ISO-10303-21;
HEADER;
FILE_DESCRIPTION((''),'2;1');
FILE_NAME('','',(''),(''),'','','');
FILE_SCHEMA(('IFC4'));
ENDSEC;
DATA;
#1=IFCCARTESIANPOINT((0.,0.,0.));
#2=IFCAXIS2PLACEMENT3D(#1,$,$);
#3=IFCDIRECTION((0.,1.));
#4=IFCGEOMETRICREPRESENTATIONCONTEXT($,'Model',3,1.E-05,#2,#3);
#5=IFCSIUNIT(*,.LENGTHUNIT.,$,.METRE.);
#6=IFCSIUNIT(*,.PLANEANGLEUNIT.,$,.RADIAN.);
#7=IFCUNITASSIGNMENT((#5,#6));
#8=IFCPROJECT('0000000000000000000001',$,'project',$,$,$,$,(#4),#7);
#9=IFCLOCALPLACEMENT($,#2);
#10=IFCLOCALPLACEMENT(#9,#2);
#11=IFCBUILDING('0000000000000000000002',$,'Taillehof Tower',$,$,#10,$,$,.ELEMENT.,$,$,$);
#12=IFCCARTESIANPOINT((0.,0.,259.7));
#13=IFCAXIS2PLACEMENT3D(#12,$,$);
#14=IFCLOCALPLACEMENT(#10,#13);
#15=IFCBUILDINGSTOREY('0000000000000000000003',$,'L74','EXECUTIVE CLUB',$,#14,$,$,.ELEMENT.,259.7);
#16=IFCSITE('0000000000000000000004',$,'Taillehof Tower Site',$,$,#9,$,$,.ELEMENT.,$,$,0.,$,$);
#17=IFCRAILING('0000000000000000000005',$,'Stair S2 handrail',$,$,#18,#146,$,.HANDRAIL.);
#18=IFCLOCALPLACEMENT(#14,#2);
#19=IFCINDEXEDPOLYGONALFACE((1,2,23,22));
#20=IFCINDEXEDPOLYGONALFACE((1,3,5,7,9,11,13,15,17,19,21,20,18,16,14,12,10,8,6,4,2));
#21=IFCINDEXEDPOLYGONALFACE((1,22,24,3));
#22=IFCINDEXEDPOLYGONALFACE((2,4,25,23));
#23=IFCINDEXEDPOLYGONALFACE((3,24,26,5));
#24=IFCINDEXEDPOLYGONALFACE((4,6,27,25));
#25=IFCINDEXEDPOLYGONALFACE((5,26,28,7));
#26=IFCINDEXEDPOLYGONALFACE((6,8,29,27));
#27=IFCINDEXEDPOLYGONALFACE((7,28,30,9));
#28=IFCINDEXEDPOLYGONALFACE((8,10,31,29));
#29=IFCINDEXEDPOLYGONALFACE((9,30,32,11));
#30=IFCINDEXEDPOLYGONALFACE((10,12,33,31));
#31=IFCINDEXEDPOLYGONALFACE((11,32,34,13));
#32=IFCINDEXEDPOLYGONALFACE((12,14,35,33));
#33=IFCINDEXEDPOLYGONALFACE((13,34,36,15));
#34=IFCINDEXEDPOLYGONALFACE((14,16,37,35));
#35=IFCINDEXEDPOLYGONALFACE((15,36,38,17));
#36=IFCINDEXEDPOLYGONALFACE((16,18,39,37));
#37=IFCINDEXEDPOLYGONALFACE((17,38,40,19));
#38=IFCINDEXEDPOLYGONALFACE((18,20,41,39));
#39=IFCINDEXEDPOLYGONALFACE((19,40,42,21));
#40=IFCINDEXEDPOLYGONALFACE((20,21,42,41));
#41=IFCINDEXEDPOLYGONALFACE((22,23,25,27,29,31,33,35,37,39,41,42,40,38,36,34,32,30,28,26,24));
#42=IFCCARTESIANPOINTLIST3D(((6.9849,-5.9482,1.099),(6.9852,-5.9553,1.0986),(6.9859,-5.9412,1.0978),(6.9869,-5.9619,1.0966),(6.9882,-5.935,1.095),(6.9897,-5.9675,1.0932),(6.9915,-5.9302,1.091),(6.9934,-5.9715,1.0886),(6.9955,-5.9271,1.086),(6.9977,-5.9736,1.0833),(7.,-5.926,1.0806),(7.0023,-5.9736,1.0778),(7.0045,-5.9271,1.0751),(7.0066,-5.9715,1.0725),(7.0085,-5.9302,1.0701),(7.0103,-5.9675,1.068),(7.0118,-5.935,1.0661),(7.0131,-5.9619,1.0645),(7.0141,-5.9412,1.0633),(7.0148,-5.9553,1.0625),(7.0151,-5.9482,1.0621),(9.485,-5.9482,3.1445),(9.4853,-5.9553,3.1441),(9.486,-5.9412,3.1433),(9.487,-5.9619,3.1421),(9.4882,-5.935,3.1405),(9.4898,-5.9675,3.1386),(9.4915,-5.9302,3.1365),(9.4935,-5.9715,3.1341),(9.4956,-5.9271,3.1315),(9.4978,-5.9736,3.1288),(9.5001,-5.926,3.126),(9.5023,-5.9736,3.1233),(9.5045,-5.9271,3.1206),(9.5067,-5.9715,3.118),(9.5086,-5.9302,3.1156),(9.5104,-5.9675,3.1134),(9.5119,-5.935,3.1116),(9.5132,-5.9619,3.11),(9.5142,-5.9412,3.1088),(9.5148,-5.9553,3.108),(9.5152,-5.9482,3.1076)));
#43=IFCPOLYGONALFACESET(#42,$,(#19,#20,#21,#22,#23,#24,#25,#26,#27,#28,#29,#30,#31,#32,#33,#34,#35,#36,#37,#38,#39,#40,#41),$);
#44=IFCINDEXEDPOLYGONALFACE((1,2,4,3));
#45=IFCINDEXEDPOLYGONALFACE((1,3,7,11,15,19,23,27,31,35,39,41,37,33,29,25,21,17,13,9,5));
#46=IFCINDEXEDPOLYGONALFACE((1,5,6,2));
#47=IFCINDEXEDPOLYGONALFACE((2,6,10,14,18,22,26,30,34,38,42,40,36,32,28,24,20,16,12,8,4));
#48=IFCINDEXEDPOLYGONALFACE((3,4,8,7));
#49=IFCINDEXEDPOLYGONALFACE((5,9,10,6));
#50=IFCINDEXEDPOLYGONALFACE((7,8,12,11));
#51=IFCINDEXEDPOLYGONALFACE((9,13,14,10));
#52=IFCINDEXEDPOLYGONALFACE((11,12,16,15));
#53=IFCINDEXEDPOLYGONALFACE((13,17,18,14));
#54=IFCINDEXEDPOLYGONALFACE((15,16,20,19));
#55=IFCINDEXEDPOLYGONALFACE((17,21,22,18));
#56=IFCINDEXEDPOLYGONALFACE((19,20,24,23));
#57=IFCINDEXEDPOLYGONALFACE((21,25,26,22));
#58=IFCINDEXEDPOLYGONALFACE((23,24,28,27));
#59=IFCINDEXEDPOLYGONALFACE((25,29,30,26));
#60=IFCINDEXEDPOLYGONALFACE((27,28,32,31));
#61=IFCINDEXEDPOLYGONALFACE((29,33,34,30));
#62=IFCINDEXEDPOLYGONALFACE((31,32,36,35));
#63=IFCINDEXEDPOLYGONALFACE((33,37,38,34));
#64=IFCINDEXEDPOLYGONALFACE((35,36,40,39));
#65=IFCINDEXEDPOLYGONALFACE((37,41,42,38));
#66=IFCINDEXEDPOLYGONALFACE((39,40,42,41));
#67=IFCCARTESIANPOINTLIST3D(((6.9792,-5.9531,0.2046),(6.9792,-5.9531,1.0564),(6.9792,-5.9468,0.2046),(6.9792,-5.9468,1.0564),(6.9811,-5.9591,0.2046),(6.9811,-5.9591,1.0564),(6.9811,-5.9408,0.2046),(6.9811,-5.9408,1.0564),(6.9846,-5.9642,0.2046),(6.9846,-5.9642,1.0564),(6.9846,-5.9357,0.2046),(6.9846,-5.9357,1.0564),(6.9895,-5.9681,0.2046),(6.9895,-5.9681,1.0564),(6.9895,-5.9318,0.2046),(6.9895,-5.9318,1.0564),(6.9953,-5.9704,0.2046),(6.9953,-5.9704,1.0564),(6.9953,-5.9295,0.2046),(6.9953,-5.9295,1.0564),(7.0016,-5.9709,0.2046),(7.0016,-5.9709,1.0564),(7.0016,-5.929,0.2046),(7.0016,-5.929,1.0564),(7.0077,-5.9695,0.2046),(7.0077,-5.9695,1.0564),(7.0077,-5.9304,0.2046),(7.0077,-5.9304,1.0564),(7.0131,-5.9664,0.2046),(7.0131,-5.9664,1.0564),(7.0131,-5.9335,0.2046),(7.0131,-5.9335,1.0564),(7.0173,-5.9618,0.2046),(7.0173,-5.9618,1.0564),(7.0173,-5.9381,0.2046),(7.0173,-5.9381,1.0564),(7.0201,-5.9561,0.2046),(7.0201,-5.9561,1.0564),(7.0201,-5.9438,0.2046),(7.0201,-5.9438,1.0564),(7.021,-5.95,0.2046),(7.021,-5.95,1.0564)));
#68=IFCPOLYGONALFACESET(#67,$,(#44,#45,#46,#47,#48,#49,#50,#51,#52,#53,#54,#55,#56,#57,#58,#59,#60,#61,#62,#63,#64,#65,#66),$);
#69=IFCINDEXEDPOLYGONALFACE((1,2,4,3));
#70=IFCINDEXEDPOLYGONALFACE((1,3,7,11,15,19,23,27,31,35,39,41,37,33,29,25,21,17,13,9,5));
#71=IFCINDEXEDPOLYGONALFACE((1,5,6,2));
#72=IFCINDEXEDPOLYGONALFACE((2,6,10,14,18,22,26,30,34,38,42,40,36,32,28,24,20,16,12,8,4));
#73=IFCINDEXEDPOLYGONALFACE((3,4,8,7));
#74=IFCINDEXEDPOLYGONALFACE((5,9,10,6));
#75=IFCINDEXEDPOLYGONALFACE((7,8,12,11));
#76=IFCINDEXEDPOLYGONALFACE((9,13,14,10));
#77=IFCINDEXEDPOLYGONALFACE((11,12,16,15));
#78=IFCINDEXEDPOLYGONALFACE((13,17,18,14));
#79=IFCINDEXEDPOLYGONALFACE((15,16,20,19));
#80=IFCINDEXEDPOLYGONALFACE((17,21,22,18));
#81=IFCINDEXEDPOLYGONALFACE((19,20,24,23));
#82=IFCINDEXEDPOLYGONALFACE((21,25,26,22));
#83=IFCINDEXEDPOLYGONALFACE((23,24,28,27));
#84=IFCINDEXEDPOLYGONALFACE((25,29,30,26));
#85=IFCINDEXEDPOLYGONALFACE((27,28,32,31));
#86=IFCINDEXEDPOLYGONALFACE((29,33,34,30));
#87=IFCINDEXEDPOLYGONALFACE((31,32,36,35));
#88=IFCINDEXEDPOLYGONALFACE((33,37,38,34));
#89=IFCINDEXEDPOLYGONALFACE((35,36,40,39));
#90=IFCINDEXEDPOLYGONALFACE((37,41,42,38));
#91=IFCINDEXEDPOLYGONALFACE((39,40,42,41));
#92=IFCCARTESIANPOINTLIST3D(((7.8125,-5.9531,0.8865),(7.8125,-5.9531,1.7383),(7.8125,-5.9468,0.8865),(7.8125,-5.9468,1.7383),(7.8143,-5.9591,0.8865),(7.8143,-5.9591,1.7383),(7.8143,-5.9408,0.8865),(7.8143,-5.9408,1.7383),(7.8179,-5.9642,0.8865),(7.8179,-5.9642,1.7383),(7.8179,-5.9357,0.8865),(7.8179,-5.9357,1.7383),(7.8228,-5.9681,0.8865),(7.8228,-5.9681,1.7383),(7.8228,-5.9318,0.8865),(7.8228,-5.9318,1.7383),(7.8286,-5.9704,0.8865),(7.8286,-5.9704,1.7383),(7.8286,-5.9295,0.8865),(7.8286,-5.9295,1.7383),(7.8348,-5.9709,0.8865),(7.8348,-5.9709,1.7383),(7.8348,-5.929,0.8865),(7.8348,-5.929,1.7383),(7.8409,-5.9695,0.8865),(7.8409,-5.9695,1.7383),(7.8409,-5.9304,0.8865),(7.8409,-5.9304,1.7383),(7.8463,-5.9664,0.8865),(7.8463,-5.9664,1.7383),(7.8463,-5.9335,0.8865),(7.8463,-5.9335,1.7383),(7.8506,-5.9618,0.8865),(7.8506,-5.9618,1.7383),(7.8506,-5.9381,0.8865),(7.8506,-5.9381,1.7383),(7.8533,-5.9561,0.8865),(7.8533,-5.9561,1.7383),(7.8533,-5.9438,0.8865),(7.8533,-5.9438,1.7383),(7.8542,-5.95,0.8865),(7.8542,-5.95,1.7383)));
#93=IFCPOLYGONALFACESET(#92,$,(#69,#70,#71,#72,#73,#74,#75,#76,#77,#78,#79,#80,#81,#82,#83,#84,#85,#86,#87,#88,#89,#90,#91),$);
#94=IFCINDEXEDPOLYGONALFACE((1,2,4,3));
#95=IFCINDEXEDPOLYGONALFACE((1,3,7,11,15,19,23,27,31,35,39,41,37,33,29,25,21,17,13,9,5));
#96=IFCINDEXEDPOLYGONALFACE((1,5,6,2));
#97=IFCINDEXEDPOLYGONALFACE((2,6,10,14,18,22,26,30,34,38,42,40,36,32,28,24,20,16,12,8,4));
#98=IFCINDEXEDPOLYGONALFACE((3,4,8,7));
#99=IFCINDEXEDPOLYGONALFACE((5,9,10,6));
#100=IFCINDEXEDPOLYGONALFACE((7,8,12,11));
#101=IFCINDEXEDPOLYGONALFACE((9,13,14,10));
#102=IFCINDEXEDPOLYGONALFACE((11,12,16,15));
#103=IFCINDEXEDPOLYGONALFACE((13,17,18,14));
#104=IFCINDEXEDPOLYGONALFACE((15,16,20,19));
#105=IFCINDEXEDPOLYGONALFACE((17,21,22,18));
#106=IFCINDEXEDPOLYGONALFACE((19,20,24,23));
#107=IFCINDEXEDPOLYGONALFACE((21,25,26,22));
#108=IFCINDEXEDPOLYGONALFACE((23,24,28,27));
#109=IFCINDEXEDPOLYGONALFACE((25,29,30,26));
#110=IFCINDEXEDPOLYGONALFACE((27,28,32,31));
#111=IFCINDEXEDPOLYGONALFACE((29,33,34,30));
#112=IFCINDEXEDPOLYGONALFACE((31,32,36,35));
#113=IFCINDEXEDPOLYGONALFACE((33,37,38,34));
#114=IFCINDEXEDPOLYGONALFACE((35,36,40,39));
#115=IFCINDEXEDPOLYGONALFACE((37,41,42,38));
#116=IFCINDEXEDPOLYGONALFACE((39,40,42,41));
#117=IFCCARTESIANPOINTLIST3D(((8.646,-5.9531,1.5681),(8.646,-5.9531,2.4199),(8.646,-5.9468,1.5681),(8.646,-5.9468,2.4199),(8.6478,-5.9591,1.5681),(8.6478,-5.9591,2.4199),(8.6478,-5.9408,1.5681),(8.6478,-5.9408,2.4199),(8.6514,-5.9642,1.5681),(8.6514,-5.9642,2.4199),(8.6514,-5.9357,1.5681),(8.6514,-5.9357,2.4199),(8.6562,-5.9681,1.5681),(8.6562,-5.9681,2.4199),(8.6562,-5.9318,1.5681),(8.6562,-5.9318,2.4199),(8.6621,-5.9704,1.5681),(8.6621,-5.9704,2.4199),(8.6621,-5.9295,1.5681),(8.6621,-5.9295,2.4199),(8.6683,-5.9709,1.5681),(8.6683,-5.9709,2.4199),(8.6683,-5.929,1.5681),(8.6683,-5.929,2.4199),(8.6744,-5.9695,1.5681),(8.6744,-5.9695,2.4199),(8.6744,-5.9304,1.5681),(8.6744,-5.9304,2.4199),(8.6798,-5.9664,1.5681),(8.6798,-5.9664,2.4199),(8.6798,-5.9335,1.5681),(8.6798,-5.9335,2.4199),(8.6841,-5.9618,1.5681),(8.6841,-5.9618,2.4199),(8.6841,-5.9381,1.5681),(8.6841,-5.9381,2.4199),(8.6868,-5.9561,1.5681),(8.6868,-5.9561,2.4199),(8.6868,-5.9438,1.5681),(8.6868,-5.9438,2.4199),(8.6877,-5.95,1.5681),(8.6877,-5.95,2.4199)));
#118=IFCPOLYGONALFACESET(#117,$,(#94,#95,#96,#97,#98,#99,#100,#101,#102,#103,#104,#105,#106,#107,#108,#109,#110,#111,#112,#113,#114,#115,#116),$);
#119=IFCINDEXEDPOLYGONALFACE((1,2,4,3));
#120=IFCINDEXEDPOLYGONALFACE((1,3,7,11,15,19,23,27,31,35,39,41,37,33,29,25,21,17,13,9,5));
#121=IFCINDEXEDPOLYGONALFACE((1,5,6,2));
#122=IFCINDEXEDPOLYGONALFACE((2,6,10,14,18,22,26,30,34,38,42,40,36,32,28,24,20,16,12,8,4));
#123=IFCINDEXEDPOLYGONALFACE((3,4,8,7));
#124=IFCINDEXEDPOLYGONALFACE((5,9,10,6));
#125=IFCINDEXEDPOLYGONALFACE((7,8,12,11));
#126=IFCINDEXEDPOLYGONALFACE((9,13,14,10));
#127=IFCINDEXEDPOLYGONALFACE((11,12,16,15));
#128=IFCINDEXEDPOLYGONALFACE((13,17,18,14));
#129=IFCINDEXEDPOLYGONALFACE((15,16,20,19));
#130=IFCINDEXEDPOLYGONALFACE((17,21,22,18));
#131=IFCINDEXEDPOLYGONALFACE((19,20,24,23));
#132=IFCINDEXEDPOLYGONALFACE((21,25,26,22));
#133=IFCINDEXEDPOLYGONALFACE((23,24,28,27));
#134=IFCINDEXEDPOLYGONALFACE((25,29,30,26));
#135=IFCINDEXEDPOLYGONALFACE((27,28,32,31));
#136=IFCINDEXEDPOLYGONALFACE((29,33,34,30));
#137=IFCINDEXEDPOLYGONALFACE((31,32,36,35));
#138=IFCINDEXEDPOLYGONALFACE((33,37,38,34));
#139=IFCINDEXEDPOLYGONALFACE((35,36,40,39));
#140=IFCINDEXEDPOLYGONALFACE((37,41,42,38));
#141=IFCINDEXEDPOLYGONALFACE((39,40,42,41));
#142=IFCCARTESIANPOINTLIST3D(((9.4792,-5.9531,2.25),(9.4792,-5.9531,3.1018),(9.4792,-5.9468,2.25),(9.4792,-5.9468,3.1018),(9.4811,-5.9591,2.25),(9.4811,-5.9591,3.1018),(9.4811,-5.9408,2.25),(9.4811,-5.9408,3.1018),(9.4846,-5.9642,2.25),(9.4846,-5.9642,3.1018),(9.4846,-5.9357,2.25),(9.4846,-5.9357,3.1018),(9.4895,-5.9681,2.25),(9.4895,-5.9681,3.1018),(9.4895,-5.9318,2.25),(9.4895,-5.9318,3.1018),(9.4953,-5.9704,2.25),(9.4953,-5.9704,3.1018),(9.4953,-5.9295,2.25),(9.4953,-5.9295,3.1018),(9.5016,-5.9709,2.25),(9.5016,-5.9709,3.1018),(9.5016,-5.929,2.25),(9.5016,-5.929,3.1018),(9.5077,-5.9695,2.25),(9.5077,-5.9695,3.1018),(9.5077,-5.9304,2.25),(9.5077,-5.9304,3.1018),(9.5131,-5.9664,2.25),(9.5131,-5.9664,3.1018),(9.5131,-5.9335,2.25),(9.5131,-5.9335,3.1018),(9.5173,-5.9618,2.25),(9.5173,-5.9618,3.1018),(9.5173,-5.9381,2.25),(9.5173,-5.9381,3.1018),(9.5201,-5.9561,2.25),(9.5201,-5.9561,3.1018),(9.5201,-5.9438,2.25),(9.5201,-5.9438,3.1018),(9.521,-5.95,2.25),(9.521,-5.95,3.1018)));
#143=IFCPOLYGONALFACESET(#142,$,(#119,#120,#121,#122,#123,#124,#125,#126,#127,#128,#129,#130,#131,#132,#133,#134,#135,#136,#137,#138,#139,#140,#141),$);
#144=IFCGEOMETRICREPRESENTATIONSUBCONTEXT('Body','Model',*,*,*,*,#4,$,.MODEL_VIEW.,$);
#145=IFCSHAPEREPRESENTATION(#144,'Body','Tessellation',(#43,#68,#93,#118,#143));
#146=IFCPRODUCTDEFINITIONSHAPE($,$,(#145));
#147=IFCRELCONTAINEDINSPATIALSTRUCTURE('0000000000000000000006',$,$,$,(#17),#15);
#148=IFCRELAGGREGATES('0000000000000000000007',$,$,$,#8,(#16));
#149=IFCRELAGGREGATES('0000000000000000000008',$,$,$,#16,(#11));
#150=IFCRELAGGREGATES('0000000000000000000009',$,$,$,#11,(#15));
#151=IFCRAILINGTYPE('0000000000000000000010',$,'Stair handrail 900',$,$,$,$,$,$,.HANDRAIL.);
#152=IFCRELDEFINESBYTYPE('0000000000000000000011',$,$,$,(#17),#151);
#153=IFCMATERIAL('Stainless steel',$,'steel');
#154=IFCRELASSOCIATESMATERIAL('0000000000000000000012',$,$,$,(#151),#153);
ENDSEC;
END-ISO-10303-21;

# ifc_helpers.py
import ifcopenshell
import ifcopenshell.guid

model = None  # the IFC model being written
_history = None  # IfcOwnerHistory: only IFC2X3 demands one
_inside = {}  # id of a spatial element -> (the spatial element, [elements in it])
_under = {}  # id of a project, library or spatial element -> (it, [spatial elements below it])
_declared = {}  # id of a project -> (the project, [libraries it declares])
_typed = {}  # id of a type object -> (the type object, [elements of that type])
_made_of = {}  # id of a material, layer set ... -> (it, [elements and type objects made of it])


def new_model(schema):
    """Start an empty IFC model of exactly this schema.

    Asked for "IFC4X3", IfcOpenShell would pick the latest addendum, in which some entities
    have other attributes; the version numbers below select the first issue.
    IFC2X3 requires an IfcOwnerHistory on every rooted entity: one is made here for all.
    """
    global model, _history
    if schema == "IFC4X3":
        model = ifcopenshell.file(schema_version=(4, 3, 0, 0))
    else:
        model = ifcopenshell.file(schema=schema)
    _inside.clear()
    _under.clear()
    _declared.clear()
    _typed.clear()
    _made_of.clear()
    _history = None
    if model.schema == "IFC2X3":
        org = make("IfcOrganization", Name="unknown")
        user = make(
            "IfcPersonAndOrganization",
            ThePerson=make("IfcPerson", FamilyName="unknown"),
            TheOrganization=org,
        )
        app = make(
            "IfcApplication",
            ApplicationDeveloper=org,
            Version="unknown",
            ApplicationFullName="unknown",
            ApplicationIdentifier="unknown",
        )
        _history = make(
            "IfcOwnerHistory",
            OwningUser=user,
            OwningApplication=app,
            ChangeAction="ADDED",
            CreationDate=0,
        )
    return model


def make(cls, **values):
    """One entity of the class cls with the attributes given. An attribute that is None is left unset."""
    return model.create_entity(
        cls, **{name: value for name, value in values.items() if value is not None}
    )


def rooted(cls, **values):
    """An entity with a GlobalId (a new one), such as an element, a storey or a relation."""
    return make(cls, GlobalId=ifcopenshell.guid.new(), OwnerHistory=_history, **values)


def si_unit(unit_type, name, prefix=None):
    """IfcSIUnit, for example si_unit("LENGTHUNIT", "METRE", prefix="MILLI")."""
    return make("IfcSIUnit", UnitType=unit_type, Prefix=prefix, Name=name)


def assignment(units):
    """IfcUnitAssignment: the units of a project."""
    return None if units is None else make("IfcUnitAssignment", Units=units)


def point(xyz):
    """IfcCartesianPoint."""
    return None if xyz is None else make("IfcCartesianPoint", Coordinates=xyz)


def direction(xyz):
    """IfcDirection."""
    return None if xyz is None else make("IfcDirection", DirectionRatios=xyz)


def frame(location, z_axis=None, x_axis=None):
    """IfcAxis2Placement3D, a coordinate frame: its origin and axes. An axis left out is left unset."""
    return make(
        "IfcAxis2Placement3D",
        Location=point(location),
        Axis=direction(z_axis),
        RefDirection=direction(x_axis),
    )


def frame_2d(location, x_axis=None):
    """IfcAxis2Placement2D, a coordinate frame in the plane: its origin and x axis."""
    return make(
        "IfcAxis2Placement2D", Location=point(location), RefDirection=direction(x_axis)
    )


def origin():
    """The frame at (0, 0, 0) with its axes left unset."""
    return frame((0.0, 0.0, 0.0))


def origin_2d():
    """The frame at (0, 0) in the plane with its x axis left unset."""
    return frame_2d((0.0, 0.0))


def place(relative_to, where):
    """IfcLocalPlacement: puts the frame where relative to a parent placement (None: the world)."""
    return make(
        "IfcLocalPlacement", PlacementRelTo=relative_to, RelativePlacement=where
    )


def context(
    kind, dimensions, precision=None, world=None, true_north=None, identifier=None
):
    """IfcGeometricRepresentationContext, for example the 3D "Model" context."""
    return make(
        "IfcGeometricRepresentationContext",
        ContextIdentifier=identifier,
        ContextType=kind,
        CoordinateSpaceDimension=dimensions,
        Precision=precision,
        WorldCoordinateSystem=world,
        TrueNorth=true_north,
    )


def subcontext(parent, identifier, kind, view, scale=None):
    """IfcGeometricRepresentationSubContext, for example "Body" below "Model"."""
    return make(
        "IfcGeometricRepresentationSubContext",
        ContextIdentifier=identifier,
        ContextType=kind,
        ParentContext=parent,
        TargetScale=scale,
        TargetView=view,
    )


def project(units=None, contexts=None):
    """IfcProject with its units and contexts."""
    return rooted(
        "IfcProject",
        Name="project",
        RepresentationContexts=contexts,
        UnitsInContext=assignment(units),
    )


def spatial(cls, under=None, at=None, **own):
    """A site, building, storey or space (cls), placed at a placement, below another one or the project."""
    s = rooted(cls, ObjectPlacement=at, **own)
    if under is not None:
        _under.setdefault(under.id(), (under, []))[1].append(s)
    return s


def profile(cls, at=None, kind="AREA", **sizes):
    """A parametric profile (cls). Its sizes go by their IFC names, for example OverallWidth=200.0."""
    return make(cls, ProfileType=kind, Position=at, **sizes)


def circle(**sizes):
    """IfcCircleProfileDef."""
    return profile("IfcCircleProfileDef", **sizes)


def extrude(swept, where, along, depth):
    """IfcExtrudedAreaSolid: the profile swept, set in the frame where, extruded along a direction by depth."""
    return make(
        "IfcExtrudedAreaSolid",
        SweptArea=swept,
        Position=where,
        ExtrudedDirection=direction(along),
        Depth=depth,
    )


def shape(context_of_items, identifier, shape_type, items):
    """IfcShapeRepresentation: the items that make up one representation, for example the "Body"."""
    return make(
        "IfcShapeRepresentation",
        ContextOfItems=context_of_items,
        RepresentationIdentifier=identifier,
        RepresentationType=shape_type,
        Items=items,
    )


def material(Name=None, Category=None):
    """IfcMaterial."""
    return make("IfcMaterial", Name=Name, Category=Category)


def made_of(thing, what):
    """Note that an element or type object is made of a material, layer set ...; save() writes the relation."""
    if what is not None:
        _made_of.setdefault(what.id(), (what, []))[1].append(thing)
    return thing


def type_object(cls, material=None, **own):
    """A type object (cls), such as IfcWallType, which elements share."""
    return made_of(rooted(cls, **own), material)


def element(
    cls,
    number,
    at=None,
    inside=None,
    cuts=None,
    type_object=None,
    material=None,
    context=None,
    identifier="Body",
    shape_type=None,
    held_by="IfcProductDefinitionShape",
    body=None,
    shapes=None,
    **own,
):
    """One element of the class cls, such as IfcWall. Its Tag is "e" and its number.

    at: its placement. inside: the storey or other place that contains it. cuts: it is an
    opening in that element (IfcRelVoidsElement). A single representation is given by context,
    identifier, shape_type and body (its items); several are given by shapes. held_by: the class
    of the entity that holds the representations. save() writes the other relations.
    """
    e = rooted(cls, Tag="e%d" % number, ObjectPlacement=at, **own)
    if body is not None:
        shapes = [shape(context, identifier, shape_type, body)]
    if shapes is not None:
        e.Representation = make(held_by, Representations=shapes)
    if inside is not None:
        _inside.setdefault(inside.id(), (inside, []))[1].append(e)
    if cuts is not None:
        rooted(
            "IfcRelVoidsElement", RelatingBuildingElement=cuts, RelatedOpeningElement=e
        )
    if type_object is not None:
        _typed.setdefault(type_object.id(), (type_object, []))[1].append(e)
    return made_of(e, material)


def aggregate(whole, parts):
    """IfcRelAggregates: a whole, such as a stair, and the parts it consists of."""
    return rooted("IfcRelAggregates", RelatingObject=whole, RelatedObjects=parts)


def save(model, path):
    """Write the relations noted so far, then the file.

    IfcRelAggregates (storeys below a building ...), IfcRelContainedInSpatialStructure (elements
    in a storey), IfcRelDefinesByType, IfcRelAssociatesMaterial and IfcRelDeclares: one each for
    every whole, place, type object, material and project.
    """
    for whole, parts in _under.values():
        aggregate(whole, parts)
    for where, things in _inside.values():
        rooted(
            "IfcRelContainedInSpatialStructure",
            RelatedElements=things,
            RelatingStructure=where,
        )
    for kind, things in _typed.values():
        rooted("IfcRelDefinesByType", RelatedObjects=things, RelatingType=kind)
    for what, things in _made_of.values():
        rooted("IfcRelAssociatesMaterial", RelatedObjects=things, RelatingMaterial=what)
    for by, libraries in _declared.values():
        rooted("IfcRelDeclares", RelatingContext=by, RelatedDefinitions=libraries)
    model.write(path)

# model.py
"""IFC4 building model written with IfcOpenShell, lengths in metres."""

from ifc_helpers import new_model, si_unit, direction, frame, origin, origin_2d, place, context, subcontext, project, spatial, circle, extrude, material, type_object, element, save


model = new_model("IFC4")

# Units and contexts
model_context = context("Model", 3, precision=1e-05, world=origin(), true_north=direction((0.0, 1.0)))
body_context = subcontext(model_context, "Body", "Model", "MODEL_VIEW")
ifc_project = project(units=[si_unit("LENGTHUNIT", "METRE"), si_unit("PLANEANGLEUNIT", "RADIAN")], contexts=[model_context])

# Site, building, storey
site_placement = place(None, origin())
site = spatial("IfcSite", under=ifc_project, at=site_placement, Name="Taillehof Tower Site", CompositionType="ELEMENT", RefElevation=0.0)
building_placement = place(site_placement, origin())
building = spatial("IfcBuilding", under=site, at=building_placement, Name="Taillehof Tower", CompositionType="ELEMENT")
storey_placement = place(building_placement, frame((0.0, 0.0, 259.7)))
storey = spatial("IfcBuildingStorey", under=building, at=storey_placement, Name="L74", Description="EXECUTIVE CLUB", CompositionType="ELEMENT", Elevation=259.7)

# Railing
ifc_material_1 = material(Name="Stainless steel", Category="steel")
railing_type = type_object("IfcRailingType", Name="Stair handrail 900", PredefinedType="HANDRAIL", material=ifc_material_1)
railing_1_placement = place(storey_placement, frame((7.0, -5.95, 0.2046)))
element("IfcRailing", 1, at=railing_1_placement, inside=storey, type_object=railing_type, Name="Stair S2 handrail", PredefinedType="HANDRAIL", context=body_context, shape_type="SweptSolid", body=[
    extrude(circle(Radius=0.0239, at=origin_2d()), frame((0.0, 0.0, 0.876), z_axis=(0.773964, 0.0, 0.63323), x_axis=(0.0, 1.0, 0.0)), (0.0, 0.0, 1.0), 3.2302),
    extrude(circle(Radius=0.021, at=origin_2d()), origin(), (0.0, 0.0, 1.0), 0.8518),
    extrude(circle(Radius=0.021, at=origin_2d()), frame((0.8333, 0.0, 0.6819)), (0.0, 0.0, 1.0), 0.8518),
    extrude(circle(Radius=0.021, at=origin_2d()), frame((1.6667, 0.0, 1.3635)), (0.0, 0.0, 1.0), 0.8518),
    extrude(circle(Radius=0.021, at=origin_2d()), frame((2.5, 0.0, 2.0454)), (0.0, 0.0, 1.0), 0.8518),
])

save(model, "model.ifc")
